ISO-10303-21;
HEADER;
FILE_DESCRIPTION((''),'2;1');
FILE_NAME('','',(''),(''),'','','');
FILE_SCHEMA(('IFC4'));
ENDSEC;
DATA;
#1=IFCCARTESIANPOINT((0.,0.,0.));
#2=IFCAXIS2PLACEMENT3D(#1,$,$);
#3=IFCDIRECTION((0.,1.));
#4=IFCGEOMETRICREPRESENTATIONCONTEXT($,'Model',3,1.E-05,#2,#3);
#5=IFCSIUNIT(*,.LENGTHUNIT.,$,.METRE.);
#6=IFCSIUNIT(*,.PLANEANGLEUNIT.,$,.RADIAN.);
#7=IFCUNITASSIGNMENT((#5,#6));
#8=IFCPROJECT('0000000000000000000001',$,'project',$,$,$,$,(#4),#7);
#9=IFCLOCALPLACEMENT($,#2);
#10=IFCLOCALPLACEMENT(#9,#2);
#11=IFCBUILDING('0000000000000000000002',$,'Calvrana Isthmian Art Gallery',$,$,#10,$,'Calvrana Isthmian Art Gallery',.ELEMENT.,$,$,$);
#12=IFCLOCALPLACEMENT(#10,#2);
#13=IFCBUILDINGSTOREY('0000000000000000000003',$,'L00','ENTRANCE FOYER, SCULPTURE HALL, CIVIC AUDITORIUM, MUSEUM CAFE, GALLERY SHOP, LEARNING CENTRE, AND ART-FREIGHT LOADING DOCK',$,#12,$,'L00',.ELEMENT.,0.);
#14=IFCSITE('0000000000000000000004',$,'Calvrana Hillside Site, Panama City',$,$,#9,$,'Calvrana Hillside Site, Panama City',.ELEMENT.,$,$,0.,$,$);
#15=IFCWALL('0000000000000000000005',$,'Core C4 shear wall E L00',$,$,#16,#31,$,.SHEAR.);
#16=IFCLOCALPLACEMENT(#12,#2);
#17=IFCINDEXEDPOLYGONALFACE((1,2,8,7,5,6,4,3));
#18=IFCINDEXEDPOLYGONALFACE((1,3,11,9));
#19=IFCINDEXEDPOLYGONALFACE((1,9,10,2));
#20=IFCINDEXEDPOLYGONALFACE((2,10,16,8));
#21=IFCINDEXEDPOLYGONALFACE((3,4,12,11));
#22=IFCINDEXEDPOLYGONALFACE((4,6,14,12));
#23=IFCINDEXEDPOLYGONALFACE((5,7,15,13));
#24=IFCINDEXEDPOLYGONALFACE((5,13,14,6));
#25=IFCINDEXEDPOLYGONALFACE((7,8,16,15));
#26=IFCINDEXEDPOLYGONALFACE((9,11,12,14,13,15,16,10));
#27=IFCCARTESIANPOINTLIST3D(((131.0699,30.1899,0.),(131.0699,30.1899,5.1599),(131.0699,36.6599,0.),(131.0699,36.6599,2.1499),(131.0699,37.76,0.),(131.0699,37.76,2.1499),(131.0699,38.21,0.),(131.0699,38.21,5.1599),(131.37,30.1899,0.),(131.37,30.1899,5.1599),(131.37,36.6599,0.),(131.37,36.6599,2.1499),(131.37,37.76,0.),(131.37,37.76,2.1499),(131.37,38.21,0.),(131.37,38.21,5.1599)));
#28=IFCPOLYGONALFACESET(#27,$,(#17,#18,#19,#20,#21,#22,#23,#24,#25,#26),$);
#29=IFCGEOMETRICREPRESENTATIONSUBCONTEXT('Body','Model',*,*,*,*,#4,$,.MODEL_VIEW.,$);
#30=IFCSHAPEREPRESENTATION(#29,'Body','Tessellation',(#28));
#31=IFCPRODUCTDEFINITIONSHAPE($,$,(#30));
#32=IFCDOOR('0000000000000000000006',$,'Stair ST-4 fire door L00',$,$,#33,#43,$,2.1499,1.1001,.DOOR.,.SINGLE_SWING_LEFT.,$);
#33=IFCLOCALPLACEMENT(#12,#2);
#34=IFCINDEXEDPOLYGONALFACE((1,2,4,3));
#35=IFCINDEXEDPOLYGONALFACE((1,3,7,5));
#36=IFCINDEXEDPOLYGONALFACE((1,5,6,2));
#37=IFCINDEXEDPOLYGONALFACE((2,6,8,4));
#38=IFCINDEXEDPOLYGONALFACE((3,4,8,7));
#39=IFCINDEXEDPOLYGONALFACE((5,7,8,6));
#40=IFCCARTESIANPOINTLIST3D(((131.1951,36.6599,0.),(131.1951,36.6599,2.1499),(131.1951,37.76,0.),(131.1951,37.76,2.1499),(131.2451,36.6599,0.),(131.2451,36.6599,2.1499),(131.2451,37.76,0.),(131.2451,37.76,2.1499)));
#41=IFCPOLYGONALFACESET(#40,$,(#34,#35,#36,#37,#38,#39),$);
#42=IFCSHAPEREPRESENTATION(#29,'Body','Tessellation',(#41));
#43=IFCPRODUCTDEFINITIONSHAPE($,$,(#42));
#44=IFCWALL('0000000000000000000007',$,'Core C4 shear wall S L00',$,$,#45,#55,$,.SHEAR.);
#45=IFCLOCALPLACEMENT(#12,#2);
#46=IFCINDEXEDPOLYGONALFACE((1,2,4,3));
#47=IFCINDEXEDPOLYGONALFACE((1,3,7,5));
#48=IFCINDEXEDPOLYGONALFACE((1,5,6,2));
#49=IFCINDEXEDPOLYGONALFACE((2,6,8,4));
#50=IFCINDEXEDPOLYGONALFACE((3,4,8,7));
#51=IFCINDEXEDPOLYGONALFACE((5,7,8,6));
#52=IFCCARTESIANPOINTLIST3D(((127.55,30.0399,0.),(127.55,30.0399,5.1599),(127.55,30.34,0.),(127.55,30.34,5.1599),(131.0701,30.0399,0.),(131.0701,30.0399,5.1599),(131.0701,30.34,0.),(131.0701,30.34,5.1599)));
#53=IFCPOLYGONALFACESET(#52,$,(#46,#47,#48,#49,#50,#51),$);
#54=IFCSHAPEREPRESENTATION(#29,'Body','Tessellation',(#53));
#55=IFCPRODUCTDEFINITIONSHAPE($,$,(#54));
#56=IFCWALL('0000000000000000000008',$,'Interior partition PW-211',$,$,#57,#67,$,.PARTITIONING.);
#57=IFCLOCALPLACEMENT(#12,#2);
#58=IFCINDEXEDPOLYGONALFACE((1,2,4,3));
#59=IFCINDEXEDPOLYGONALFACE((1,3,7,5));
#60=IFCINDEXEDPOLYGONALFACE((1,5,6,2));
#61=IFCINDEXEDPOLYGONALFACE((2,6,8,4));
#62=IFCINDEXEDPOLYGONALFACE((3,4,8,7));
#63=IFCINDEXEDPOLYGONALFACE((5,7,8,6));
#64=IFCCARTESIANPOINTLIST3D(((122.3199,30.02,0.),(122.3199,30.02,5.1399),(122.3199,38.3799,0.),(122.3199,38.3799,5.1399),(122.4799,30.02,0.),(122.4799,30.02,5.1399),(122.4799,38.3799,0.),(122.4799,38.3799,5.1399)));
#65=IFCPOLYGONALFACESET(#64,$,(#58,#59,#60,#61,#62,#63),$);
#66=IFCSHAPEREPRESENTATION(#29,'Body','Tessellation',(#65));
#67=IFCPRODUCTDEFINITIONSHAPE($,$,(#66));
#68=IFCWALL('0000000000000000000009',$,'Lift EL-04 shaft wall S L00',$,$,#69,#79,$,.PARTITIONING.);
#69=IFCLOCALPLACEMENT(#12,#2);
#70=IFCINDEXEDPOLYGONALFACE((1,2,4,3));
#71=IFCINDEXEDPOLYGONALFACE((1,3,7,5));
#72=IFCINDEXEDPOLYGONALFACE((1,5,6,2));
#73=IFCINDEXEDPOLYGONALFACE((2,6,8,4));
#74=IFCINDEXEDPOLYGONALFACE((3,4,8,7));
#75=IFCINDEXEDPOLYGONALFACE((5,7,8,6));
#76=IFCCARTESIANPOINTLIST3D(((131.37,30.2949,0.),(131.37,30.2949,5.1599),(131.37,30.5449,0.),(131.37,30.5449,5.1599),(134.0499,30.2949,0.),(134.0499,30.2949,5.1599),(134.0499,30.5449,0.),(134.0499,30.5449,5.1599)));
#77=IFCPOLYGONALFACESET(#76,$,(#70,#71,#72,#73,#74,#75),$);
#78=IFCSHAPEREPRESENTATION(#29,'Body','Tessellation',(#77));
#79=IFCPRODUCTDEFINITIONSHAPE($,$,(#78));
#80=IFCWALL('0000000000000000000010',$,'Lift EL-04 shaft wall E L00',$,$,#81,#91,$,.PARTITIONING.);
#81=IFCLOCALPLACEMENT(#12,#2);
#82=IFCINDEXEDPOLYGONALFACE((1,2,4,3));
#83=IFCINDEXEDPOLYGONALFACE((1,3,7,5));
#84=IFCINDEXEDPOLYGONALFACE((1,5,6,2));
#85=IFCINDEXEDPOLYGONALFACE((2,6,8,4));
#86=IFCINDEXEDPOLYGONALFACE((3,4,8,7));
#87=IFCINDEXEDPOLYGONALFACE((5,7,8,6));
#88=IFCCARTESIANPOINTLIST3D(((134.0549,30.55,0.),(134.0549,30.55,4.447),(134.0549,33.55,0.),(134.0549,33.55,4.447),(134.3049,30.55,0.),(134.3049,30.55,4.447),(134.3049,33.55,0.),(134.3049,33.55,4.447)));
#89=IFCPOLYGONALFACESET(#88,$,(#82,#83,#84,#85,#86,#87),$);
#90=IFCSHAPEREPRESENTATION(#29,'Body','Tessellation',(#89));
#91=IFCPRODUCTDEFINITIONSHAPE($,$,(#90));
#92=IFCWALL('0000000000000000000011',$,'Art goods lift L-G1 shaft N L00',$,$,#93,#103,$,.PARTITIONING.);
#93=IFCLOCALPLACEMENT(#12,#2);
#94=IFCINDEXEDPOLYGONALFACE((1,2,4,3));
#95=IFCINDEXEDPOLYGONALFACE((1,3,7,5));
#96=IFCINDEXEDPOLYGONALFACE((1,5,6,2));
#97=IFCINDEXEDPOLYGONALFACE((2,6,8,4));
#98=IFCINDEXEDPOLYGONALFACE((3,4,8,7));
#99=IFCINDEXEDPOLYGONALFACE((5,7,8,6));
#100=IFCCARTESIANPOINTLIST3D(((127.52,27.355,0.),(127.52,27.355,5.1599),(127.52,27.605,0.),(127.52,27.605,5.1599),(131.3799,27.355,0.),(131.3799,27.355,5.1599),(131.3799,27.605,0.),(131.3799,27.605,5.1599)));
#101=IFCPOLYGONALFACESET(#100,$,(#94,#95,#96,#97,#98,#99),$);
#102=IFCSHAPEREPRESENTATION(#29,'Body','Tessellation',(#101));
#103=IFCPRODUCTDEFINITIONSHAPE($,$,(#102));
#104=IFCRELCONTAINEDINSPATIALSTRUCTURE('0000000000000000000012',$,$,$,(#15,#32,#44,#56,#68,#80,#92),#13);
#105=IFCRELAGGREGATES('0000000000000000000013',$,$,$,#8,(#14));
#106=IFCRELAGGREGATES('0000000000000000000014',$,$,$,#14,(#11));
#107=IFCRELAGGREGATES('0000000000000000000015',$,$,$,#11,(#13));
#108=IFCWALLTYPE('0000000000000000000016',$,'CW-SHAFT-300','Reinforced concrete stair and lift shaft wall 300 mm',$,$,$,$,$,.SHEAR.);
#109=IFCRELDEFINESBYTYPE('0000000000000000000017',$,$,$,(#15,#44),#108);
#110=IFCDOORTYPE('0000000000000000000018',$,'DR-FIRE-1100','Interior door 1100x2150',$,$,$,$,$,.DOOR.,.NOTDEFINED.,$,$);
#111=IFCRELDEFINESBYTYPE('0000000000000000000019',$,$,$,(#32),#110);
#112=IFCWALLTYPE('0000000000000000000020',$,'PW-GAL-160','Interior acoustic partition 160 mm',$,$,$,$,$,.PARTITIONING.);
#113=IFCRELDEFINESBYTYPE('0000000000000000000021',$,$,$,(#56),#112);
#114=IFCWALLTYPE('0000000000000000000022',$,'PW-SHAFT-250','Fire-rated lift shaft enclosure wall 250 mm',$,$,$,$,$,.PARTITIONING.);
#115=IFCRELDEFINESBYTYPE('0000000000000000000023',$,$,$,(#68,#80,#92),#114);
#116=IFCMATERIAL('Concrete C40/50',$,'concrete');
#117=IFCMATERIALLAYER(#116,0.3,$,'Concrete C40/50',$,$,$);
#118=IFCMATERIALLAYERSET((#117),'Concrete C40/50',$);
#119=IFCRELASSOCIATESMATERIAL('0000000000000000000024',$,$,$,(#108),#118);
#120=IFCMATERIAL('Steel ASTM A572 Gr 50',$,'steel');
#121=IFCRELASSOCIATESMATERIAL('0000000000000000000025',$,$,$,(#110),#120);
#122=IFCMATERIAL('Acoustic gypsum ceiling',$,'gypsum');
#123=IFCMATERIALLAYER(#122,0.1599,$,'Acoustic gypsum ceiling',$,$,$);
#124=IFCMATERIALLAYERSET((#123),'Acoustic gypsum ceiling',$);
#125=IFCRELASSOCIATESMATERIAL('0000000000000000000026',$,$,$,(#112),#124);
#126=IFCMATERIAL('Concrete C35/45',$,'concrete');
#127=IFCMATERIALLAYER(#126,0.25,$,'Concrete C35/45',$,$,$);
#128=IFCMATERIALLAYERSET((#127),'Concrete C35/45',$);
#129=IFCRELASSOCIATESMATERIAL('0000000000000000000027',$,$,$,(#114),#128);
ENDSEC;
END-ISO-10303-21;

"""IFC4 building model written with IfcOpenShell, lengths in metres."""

from ifc_helpers import new_model, si_unit, direction, frame, frame_2d, origin, place, context, subcontext, project, spatial, rectangle, extrude, material, layer, layer_set, type_object, element, fill, save


model = new_model("IFC4")

# Units and contexts
model_context = context("Model", 3, precision=1e-05, world=origin(), true_north=direction((0.0, 1.0)))
body_context = subcontext(model_context, "Body", "Model", "MODEL_VIEW")
ifc_project = project(units=[si_unit("LENGTHUNIT", "METRE"), si_unit("PLANEANGLEUNIT", "RADIAN")], contexts=[model_context])

# Site, building, storey
site_placement = place(None, origin())
site = spatial("IfcSite", under=ifc_project, at=site_placement, Name="Calvrana Hillside Site, Panama City", LongName="Calvrana Hillside Site, Panama City", CompositionType="ELEMENT", RefElevation=0.0)
building_placement = place(site_placement, origin())
building = spatial("IfcBuilding", under=site, at=building_placement, Name="Calvrana Isthmian Art Gallery", LongName="Calvrana Isthmian Art Gallery", CompositionType="ELEMENT")
storey_placement = place(building_placement, origin())
storey = spatial("IfcBuildingStorey", under=building, at=storey_placement, Name="L00", Description="ENTRANCE FOYER, SCULPTURE HALL, CIVIC AUDITORIUM, MUSEUM CAFE, GALLERY SHOP, LEARNING CENTRE, AND ART-FREIGHT LOADING DOCK", LongName="L00", CompositionType="ELEMENT", Elevation=0.0)

# Shared definitions
ifc_material_1 = material(Name="Steel ASTM A572 Gr 50", Category="steel")

# Shared definitions
ifc_material_2 = material(Name="Concrete C40/50", Category="concrete")
ifc_layer_1 = layer(ifc_material_2, 0.3, Name="Concrete C40/50")
ifc_layer_set_1 = layer_set([ifc_layer_1], Name="Concrete C40/50")
wall_type_1 = type_object("IfcWallType", Name="CW-SHAFT-300", Description="Reinforced concrete stair and lift shaft wall 300 mm", PredefinedType="SHEAR", material=ifc_layer_set_1)

# Wall, opening, door
wall_1_placement = place(storey_placement, frame((131.22, 30.1899, 0.0), z_axis=(0.0, 0.0, 1.0), x_axis=(0.0, 1.0, 0.0)))
wall_1 = element("IfcWall", 1, at=wall_1_placement, inside=storey, type_object=wall_type_1, Name="Core C4 shear wall E L00", PredefinedType="SHEAR", context=body_context, shape_type="SweptSolid", body=[
    extrude(rectangle(XDim=8.02, YDim=0.3, at=frame_2d((4.01, 0.0))), origin(), (0.0, 0.0, 1.0), 5.1599),
])
opening_placement = place(wall_1_placement, frame((6.47, 0.0, 0.0)))
opening = element("IfcOpeningElement", 2, at=opening_placement, cuts=wall_1, PredefinedType="OPENING", context=body_context, shape_type="SweptSolid", body=[
    extrude(rectangle(XDim=1.1001, YDim=2.1499, at=frame_2d((0.55, 1.075))), frame((0.0, 0.1602, 0.0), z_axis=(0.0, -1.0, 0.0), x_axis=(1.0, 0.0, 0.0)), (0.0, 0.0, 1.0), 0.3206),
])
door_type = type_object("IfcDoorType", Name="DR-FIRE-1100", Description="Interior door 1100x2150", OperationType="NOTDEFINED", PredefinedType="DOOR", material=ifc_material_1)
door_placement = place(opening_placement, origin())
door = element("IfcDoor", 3, at=door_placement, inside=storey, type_object=door_type, Name="Stair ST-4 fire door L00", OperationType="SINGLE_SWING_LEFT", OverallHeight=2.1499, OverallWidth=1.1001, PredefinedType="DOOR", context=body_context, shape_type="SweptSolid", body=[
    extrude(rectangle(XDim=1.1001, YDim=2.1499, at=frame_2d((0.55, 1.075))), frame((0.0, 0.0249, 0.0), z_axis=(0.0, -1.0, 0.0), x_axis=(1.0, 0.0, 0.0)), (0.0, 0.0, 1.0), 0.05),
])
fill(opening, door)

# Walls
wall_2_placement = place(storey_placement, frame((127.55, 30.1899, 0.0), z_axis=(0.0, 0.0, 1.0), x_axis=(1.0, 0.0, 0.0)))
element("IfcWall", 4, at=wall_2_placement, inside=storey, type_object=wall_type_1, Name="Core C4 shear wall S L00", PredefinedType="SHEAR", context=body_context, shape_type="SweptSolid", body=[
    extrude(rectangle(XDim=3.52, YDim=0.3, at=frame_2d((1.76, 0.0))), origin(), (0.0, 0.0, 1.0), 5.1599),
])
ifc_material_3 = material(Name="Acoustic gypsum ceiling", Category="gypsum")
ifc_layer_2 = layer(ifc_material_3, 0.1599, Name="Acoustic gypsum ceiling")
ifc_layer_set_2 = layer_set([ifc_layer_2], Name="Acoustic gypsum ceiling")
wall_type_2 = type_object("IfcWallType", Name="PW-GAL-160", Description="Interior acoustic partition 160 mm", PredefinedType="PARTITIONING", material=ifc_layer_set_2)
wall_3_placement = place(storey_placement, frame((122.3999, 30.02, 0.0), z_axis=(0.0, 0.0, 1.0), x_axis=(0.0, 1.0, 0.0)))
element("IfcWall", 5, at=wall_3_placement, inside=storey, type_object=wall_type_2, Name="Interior partition PW-211", PredefinedType="PARTITIONING", context=body_context, shape_type="SweptSolid", body=[
    extrude(rectangle(XDim=8.3599, YDim=0.1599, at=frame_2d((4.1799, 0.0))), origin(), (0.0, 0.0, 1.0), 5.1399),
])
ifc_material_4 = material(Name="Concrete C35/45", Category="concrete")
ifc_layer_3 = layer(ifc_material_4, 0.25, Name="Concrete C35/45")
ifc_layer_set_3 = layer_set([ifc_layer_3], Name="Concrete C35/45")
wall_type_3 = type_object("IfcWallType", Name="PW-SHAFT-250", Description="Fire-rated lift shaft enclosure wall 250 mm", PredefinedType="PARTITIONING", material=ifc_layer_set_3)
wall_4_placement = place(storey_placement, frame((131.3701, 30.4199, 0.0), z_axis=(0.0, 0.0, 1.0), x_axis=(1.0, 0.0, 0.0)))
element("IfcWall", 6, at=wall_4_placement, inside=storey, type_object=wall_type_3, Name="Lift EL-04 shaft wall S L00", PredefinedType="PARTITIONING", context=body_context, shape_type="SweptSolid", body=[
    extrude(rectangle(XDim=2.6799, YDim=0.25, at=frame_2d((1.3398, 0.0))), origin(), (0.0, 0.0, 1.0), 5.1599),
])
wall_5_placement = place(storey_placement, frame((134.1799, 30.55, 0.0), z_axis=(0.0, 0.0, 1.0), x_axis=(0.0, 1.0, 0.0)))
element("IfcWall", 7, at=wall_5_placement, inside=storey, type_object=wall_type_3, Name="Lift EL-04 shaft wall E L00", PredefinedType="PARTITIONING", context=body_context, shape_type="SweptSolid", body=[
    extrude(rectangle(XDim=3.0, YDim=0.25, at=frame_2d((1.5, 0.0))), origin(), (0.0, 0.0, 1.0), 4.447),
])
wall_6_placement = place(storey_placement, frame((127.52, 27.48, 0.0), z_axis=(0.0, 0.0, 1.0), x_axis=(1.0, 0.0, 0.0)))
element("IfcWall", 8, at=wall_6_placement, inside=storey, type_object=wall_type_3, Name="Art goods lift L-G1 shaft N L00", PredefinedType="PARTITIONING", context=body_context, shape_type="SweptSolid", body=[
    extrude(rectangle(XDim=3.8599, YDim=0.25, at=frame_2d((1.9299, 0.0))), origin(), (0.0, 0.0, 1.0), 5.1599),
])

save(model, "model.ifc")
